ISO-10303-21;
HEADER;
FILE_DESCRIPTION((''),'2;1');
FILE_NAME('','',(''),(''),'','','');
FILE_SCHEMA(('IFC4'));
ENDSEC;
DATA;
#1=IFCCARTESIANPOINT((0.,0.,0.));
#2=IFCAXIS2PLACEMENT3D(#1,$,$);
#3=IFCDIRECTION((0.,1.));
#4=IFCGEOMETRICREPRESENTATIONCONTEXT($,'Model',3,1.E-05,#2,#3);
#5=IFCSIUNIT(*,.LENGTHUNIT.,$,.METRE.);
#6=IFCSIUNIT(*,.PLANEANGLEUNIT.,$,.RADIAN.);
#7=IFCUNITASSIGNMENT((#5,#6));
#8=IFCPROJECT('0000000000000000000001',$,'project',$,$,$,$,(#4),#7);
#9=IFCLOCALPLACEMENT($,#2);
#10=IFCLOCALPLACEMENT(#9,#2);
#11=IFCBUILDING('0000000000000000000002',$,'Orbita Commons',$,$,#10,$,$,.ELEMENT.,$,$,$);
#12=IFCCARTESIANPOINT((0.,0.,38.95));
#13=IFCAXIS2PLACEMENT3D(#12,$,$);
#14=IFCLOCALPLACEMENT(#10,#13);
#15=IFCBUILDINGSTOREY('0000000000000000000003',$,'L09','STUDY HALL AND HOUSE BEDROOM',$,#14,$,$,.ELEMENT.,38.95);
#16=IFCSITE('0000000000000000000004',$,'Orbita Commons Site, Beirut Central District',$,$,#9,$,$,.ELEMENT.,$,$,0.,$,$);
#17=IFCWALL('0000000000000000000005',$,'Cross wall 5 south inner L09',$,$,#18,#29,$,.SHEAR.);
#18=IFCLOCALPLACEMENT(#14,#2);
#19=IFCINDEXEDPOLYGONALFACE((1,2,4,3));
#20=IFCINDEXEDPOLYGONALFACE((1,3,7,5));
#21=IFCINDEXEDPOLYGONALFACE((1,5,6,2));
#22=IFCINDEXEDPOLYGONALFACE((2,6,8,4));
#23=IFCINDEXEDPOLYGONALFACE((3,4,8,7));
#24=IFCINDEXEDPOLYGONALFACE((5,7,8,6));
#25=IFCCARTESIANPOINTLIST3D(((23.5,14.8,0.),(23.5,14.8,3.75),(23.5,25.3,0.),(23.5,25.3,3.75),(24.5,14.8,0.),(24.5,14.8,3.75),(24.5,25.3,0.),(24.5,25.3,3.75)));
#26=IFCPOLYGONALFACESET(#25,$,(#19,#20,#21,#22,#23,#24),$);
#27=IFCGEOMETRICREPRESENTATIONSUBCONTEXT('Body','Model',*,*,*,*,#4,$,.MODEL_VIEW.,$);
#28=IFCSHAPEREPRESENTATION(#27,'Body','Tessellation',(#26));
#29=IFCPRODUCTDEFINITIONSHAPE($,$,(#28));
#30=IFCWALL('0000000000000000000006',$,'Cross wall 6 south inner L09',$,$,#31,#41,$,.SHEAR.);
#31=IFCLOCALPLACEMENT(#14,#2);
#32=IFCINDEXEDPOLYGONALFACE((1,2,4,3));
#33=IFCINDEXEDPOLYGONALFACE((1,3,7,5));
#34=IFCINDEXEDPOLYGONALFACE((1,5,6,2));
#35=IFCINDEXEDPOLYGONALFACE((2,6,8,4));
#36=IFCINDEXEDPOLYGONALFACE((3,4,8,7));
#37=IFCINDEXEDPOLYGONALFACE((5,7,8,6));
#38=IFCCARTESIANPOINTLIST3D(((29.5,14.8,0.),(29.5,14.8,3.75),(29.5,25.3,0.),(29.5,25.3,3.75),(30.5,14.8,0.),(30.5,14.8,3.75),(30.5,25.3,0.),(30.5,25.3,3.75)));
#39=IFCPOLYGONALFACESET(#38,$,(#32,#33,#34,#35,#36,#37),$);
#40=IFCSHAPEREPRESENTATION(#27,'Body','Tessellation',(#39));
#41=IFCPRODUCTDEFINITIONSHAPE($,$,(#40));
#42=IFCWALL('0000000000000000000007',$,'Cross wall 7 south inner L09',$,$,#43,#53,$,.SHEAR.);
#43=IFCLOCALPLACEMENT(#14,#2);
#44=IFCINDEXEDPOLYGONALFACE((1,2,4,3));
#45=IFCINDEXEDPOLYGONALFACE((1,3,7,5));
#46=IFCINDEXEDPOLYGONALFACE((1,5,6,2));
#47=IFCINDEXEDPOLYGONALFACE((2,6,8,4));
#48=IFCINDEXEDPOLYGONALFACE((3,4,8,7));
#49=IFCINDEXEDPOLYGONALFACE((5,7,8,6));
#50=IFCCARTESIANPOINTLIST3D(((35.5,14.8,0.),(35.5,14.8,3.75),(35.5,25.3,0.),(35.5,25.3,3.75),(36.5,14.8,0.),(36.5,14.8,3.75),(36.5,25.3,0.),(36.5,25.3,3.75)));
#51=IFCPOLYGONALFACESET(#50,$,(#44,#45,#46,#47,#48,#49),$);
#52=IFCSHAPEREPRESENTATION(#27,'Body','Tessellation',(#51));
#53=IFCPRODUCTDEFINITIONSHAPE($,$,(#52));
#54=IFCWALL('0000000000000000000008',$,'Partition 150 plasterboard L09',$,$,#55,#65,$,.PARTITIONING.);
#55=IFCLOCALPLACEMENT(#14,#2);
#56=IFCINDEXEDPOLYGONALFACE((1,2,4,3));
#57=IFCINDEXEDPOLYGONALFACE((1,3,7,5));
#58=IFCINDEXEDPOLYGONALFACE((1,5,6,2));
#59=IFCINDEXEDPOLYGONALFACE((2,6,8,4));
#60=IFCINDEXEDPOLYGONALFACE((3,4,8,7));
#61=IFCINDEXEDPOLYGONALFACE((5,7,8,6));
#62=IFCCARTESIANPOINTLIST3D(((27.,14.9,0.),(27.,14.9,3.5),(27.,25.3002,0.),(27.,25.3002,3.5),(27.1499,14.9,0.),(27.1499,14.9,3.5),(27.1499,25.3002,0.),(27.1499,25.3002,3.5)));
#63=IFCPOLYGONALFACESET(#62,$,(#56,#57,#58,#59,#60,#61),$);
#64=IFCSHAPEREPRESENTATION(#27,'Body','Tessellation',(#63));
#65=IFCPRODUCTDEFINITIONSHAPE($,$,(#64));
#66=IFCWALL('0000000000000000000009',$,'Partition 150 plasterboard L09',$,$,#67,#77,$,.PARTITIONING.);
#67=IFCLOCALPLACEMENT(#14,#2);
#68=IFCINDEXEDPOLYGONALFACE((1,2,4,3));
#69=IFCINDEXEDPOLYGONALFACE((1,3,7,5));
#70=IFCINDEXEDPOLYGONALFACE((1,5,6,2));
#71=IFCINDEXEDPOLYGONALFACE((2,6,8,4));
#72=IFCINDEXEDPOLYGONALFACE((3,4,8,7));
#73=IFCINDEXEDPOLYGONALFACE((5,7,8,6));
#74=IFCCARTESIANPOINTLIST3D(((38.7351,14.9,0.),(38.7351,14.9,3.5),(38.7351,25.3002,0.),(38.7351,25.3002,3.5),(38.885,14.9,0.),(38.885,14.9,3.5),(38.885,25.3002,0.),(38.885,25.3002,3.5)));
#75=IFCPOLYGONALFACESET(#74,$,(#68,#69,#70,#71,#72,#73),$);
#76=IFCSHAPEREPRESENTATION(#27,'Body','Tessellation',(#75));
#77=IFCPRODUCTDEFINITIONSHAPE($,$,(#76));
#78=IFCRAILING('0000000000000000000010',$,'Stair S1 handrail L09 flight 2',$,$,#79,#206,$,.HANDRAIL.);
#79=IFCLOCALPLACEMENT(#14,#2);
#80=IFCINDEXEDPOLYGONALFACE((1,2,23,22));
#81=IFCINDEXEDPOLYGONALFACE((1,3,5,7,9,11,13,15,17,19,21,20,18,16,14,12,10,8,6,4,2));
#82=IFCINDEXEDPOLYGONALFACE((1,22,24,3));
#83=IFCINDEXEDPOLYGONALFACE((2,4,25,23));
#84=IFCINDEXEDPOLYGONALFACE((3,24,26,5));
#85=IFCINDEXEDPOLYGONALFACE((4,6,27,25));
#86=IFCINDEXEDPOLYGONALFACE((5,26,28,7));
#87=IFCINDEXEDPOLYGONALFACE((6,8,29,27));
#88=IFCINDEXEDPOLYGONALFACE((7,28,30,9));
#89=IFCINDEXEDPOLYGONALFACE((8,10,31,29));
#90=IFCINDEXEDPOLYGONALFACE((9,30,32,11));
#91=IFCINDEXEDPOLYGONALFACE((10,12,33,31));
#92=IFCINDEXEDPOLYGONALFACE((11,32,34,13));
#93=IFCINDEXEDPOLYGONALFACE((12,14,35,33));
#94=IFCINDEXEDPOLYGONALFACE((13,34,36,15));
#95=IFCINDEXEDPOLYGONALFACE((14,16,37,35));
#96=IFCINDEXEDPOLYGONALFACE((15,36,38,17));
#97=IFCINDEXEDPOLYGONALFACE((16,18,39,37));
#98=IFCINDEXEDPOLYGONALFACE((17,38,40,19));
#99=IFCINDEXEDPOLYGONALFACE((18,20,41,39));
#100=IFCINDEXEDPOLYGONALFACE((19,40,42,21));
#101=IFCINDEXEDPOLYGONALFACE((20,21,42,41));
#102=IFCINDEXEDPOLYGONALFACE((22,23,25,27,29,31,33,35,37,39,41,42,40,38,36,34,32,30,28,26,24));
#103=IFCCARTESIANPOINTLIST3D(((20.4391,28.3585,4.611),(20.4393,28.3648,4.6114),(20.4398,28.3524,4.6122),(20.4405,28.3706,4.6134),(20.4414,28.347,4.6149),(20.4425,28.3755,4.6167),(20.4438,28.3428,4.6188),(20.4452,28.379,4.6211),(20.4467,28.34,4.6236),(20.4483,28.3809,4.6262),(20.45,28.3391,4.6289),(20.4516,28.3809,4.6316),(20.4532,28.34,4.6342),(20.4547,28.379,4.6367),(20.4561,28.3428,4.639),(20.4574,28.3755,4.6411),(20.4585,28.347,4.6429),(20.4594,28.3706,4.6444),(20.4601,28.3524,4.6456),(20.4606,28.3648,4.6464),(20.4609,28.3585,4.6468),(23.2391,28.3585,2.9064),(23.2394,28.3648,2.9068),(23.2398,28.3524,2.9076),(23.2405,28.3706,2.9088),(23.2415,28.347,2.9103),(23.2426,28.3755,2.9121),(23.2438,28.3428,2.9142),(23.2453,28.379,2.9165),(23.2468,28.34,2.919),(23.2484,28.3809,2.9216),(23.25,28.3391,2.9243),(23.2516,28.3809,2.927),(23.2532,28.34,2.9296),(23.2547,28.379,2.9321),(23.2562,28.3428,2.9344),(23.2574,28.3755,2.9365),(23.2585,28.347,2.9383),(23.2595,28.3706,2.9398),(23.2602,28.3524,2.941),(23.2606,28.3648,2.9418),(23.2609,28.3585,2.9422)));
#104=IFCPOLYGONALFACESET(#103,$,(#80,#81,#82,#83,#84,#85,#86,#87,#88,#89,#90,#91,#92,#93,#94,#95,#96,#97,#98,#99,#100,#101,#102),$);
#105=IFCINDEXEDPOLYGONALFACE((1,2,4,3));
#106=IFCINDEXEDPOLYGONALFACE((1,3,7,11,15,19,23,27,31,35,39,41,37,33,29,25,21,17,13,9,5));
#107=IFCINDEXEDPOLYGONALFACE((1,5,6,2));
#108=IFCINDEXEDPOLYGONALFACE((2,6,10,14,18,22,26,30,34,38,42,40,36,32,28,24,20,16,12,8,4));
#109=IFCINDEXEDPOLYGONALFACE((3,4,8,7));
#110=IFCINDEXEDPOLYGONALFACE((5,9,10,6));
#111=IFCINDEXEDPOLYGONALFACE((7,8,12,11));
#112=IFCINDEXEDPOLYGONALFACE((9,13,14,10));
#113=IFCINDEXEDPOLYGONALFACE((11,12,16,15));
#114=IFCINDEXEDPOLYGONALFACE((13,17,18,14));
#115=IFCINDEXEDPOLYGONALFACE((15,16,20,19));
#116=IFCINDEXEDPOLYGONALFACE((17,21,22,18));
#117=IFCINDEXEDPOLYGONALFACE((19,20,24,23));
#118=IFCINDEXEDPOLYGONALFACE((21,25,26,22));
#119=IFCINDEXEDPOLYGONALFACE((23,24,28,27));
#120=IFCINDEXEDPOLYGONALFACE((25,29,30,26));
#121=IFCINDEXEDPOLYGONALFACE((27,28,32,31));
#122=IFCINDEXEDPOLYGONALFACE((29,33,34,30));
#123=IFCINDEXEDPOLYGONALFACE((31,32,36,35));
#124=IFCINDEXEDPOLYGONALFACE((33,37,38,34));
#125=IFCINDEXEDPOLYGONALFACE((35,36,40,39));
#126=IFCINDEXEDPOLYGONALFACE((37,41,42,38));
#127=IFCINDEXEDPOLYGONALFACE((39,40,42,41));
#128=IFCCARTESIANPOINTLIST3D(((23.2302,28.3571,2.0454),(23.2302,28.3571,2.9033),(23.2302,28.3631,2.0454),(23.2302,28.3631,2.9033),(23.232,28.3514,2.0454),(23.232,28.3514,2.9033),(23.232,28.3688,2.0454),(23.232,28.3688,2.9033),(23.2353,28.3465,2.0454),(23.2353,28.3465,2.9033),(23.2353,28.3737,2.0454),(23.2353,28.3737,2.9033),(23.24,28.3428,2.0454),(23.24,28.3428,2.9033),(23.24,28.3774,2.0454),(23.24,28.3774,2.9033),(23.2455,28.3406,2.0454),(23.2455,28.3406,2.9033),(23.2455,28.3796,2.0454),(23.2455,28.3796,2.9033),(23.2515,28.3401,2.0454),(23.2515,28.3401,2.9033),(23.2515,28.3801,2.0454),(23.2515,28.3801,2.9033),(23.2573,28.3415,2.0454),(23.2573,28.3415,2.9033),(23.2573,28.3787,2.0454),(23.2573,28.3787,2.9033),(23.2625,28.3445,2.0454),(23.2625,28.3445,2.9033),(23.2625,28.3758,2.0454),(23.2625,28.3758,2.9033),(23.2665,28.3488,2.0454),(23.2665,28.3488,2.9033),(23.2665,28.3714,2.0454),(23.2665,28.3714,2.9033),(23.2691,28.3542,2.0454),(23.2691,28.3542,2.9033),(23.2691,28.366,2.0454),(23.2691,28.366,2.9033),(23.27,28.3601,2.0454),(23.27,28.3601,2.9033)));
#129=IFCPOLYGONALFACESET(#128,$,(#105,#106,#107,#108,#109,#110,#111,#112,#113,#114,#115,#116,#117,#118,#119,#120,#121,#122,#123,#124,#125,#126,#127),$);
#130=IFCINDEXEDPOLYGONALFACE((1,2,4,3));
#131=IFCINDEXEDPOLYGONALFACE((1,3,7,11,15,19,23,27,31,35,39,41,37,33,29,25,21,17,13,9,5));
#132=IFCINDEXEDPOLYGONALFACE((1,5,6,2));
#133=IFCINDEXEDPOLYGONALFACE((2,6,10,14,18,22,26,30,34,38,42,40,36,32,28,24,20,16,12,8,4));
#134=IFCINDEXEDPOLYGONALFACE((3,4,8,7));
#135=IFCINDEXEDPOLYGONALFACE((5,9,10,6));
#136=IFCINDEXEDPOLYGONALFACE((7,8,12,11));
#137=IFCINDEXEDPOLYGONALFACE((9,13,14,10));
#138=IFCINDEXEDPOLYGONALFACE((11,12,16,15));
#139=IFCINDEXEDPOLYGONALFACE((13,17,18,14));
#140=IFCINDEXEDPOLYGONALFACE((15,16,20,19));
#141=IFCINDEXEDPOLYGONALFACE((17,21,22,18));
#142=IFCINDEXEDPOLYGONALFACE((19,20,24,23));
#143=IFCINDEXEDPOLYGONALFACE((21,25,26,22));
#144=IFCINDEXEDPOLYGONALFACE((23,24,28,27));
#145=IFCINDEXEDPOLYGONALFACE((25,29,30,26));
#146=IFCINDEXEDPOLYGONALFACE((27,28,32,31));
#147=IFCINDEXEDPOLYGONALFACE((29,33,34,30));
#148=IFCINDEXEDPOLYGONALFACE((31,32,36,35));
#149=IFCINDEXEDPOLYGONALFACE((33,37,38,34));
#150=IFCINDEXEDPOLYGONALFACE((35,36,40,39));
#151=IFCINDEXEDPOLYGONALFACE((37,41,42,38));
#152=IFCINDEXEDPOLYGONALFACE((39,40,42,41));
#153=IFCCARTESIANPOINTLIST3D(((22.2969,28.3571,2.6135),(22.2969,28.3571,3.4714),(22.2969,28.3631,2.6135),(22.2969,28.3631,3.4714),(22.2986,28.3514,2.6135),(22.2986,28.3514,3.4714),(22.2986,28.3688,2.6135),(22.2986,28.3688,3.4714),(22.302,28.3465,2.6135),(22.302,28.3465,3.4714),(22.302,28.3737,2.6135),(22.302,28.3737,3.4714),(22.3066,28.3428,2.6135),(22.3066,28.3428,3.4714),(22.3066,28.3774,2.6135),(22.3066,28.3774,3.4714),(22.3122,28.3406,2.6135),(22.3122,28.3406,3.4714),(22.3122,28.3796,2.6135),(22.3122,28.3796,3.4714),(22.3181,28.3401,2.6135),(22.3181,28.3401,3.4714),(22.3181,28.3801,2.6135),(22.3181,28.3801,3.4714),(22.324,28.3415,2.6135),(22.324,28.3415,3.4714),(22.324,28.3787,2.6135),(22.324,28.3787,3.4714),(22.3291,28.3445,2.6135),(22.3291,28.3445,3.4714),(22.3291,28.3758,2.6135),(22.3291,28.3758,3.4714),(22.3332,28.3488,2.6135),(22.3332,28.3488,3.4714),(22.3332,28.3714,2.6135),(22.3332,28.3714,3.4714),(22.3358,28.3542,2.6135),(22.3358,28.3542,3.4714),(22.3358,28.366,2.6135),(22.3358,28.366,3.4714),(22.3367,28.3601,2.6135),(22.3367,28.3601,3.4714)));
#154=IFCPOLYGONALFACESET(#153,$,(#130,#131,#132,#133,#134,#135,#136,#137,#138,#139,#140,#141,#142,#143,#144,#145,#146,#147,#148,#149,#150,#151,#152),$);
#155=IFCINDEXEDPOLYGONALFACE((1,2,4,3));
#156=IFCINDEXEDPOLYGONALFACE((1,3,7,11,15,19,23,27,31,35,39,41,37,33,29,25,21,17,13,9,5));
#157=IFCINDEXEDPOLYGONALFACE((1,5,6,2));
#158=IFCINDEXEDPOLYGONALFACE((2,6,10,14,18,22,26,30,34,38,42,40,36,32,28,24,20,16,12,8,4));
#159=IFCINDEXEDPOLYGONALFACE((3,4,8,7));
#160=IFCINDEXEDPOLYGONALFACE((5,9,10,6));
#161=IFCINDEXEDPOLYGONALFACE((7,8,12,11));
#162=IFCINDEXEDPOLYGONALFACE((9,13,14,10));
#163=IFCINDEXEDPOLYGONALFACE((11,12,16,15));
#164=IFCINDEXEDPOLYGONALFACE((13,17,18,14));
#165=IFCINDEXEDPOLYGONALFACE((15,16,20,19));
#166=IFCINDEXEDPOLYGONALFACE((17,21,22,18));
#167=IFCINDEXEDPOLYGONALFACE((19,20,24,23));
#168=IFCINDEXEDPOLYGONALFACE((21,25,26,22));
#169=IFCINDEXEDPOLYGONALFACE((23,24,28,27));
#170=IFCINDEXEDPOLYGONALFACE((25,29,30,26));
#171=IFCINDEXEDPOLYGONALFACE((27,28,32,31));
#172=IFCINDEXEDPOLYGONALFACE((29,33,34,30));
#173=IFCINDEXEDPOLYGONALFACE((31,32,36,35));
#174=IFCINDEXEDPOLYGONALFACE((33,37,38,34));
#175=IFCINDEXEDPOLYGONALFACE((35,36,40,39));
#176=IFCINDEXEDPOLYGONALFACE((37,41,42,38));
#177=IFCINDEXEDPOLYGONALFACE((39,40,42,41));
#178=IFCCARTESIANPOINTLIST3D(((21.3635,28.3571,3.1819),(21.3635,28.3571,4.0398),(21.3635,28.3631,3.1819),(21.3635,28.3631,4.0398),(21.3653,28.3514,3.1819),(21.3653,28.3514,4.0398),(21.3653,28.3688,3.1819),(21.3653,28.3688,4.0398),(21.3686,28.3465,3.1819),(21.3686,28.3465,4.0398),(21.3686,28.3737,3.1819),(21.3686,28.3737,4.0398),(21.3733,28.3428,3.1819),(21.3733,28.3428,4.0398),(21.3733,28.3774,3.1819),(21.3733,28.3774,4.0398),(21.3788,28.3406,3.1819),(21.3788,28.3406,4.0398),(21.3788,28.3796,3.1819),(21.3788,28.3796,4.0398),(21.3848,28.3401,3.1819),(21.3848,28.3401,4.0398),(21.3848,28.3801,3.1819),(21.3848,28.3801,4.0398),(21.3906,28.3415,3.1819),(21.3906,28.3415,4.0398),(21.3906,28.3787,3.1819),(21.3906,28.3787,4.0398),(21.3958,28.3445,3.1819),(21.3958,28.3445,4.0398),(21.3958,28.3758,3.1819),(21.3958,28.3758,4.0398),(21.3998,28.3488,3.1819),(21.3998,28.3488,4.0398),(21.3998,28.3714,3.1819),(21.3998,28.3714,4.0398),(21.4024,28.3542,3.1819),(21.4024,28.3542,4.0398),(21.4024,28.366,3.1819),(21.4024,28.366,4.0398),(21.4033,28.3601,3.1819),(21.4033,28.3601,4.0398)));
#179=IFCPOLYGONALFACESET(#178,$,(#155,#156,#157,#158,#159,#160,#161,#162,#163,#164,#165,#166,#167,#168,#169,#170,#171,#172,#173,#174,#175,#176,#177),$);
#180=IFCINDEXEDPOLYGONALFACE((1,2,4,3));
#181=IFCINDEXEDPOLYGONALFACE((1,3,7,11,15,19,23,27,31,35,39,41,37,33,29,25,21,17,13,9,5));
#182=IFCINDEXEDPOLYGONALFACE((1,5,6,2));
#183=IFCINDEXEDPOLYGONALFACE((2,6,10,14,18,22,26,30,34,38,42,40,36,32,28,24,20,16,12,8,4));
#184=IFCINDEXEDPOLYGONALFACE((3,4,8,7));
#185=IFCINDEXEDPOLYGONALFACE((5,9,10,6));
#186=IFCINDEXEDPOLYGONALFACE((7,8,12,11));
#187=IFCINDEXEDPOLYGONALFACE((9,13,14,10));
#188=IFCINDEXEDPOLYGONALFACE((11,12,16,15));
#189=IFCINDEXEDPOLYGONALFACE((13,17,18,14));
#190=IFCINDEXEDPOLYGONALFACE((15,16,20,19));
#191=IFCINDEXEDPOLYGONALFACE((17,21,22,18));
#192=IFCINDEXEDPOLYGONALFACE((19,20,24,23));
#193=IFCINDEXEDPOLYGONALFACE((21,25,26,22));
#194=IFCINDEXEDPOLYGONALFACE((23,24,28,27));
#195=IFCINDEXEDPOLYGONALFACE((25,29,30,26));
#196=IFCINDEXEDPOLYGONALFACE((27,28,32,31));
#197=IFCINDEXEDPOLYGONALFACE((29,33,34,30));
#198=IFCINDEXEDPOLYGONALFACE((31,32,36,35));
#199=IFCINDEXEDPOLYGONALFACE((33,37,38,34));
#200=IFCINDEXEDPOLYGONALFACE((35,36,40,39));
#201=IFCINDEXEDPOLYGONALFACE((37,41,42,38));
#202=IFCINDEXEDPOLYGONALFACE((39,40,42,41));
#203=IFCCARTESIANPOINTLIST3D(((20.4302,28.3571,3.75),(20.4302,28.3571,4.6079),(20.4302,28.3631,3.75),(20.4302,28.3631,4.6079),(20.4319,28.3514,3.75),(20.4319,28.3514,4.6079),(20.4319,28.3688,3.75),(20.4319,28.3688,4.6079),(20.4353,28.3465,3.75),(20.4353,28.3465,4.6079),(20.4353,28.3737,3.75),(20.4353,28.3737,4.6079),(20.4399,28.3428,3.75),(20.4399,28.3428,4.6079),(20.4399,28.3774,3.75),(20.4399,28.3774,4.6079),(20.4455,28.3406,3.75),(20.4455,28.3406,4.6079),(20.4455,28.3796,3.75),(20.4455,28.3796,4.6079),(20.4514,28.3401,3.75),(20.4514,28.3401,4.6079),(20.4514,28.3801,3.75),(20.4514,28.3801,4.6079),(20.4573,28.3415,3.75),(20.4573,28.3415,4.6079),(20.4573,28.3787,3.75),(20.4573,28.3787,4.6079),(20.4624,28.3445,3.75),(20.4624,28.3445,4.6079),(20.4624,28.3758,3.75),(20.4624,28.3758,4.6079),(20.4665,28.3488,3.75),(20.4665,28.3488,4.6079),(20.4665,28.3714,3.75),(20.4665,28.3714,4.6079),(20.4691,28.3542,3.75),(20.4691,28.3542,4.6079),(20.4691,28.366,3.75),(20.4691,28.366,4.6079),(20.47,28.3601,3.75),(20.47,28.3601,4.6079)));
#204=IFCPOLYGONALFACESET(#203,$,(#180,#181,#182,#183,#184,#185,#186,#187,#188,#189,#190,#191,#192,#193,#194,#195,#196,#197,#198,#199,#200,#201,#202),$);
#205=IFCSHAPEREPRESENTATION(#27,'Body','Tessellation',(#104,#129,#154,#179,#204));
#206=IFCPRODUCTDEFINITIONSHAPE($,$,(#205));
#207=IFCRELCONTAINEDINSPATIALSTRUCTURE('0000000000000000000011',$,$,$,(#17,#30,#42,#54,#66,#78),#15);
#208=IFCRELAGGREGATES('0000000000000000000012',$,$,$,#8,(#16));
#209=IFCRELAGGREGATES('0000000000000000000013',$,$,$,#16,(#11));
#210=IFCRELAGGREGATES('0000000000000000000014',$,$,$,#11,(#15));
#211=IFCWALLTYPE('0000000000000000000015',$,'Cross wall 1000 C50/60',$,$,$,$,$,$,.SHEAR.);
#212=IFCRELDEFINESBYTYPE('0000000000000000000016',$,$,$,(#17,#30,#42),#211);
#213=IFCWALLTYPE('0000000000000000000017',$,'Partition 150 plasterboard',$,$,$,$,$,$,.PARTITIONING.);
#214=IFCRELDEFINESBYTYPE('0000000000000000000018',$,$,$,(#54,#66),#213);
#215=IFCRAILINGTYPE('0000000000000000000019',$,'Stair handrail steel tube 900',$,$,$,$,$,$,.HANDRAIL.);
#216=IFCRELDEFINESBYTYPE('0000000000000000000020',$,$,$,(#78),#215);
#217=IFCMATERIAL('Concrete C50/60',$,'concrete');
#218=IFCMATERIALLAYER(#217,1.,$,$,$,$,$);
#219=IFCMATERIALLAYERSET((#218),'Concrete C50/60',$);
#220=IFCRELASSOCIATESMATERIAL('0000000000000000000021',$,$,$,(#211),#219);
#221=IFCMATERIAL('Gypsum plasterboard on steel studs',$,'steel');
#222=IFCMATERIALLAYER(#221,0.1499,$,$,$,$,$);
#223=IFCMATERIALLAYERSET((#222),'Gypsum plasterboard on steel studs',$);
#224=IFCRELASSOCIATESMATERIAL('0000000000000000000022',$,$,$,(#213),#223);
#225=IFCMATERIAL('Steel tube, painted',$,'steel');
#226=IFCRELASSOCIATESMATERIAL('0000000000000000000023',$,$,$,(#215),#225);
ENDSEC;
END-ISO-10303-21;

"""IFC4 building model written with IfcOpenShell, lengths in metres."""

from ifc_helpers import new_model, si_unit, direction, frame, frame_2d, origin, origin_2d, place, context, subcontext, project, spatial, rectangle, circle, extrude, material, layer, layer_set, type_object, element, save


model = new_model("IFC4")

# Units and contexts
model_context = context("Model", 3, precision=1e-05, world=origin(), true_north=direction((0.0, 1.0)))
body_context = subcontext(model_context, "Body", "Model", "MODEL_VIEW")
ifc_project = project(units=[si_unit("LENGTHUNIT", "METRE"), si_unit("PLANEANGLEUNIT", "RADIAN")], contexts=[model_context])

# Site, building, storey
site_placement = place(None, origin())
site = spatial("IfcSite", under=ifc_project, at=site_placement, Name="Orbita Commons Site, Beirut Central District", CompositionType="ELEMENT", RefElevation=0.0)
building_placement = place(site_placement, origin())
building = spatial("IfcBuilding", under=site, at=building_placement, Name="Orbita Commons", CompositionType="ELEMENT")
storey_placement = place(building_placement, frame((0.0, 0.0, 38.95)))
storey = spatial("IfcBuildingStorey", under=building, at=storey_placement, Name="L09", Description="STUDY HALL AND HOUSE BEDROOM", CompositionType="ELEMENT", Elevation=38.95)

# Walls
ifc_material_1 = material(Name="Concrete C50/60", Category="concrete")
ifc_layer_1 = layer(ifc_material_1, 1.0)
ifc_layer_set_1 = layer_set([ifc_layer_1], Name="Concrete C50/60")
wall_type_1 = type_object("IfcWallType", Name="Cross wall 1000 C50/60", PredefinedType="SHEAR", material=ifc_layer_set_1)
for number, where, z_axis, x_axis, name in (
    (1, (24.0, 14.8, 0.0), (0.0, 0.0, 1.0), (0.0, 1.0, 0.0), "Cross wall 5 south inner L09"),
    (2, (30.0, 14.8, 0.0), (0.0, 0.0, 1.0), (0.0, 1.0, 0.0), "Cross wall 6 south inner L09"),
    (3, (36.0, 14.8, 0.0), (0.0, 0.0, 1.0), (0.0, 1.0, 0.0), "Cross wall 7 south inner L09"),
):
    element("IfcWall", number, at=place(storey_placement, frame(where, z_axis=z_axis, x_axis=x_axis)), inside=storey, type_object=wall_type_1, Name=name, PredefinedType="SHEAR", context=body_context, shape_type="SweptSolid", body=[
        extrude(rectangle(XDim=10.5, YDim=1.0, at=frame_2d((5.25, 0.0))), origin(), (0.0, 0.0, 1.0), 3.75),
    ])
ifc_material_2 = material(Name="Gypsum plasterboard on steel studs", Category="steel")
ifc_layer_2 = layer(ifc_material_2, 0.1499)
ifc_layer_set_2 = layer_set([ifc_layer_2], Name="Gypsum plasterboard on steel studs")
wall_type_2 = type_object("IfcWallType", Name="Partition 150 plasterboard", PredefinedType="PARTITIONING", material=ifc_layer_set_2)
for number, where, z_axis, x_axis, name in (
    (4, (27.075, 14.8999, 0.0), (0.0, 0.0, 1.0), (0.0, 1.0, 0.0), "Partition 150 plasterboard L09"),
    (5, (38.8101, 14.8999, 0.0), (0.0, 0.0, 1.0), (0.0, 1.0, 0.0), "Partition 150 plasterboard L09"),
):
    element("IfcWall", number, at=place(storey_placement, frame(where, z_axis=z_axis, x_axis=x_axis)), inside=storey, type_object=wall_type_2, Name=name, PredefinedType="PARTITIONING", context=body_context, shape_type="SweptSolid", body=[
        extrude(rectangle(XDim=10.4001, YDim=0.1499, at=frame_2d((5.2002, 0.0))), origin(), (0.0, 0.0, 1.0), 3.5),
    ])

# Railing
ifc_material_3 = material(Name="Steel tube, painted", Category="steel")
railing_type = type_object("IfcRailingType", Name="Stair handrail steel tube 900", PredefinedType="HANDRAIL", material=ifc_material_3)
railing_placement = place(storey_placement, frame((23.25, 28.3601, 2.0454)))
element("IfcRailing", 6, at=railing_placement, inside=storey, type_object=railing_type, Name="Stair S1 handrail L09 flight 2", PredefinedType="HANDRAIL", context=body_context, shape_type="SweptSolid", body=[
    extrude(circle(Radius=0.021, at=origin_2d()), frame((0.0, 0.0, 0.8789), z_axis=(-0.85417, 0.0, 0.519994), x_axis=(0.0, -1.0, 0.0)), (0.0, 0.0, 1.0), 3.2781),
    extrude(circle(Radius=0.02, at=origin_2d()), origin(), (0.0, 0.0, 1.0), 0.8579),
    extrude(circle(Radius=0.02, at=origin_2d()), frame((-0.9333, 0.0, 0.5681)), (0.0, 0.0, 1.0), 0.8579),
    extrude(circle(Radius=0.02, at=origin_2d()), frame((-1.8667, 0.0, 1.1365)), (0.0, 0.0, 1.0), 0.8579),
    extrude(circle(Radius=0.02, at=origin_2d()), frame((-2.8, 0.0, 1.7046)), (0.0, 0.0, 1.0), 0.8579),
])

save(model, "model.ifc")
